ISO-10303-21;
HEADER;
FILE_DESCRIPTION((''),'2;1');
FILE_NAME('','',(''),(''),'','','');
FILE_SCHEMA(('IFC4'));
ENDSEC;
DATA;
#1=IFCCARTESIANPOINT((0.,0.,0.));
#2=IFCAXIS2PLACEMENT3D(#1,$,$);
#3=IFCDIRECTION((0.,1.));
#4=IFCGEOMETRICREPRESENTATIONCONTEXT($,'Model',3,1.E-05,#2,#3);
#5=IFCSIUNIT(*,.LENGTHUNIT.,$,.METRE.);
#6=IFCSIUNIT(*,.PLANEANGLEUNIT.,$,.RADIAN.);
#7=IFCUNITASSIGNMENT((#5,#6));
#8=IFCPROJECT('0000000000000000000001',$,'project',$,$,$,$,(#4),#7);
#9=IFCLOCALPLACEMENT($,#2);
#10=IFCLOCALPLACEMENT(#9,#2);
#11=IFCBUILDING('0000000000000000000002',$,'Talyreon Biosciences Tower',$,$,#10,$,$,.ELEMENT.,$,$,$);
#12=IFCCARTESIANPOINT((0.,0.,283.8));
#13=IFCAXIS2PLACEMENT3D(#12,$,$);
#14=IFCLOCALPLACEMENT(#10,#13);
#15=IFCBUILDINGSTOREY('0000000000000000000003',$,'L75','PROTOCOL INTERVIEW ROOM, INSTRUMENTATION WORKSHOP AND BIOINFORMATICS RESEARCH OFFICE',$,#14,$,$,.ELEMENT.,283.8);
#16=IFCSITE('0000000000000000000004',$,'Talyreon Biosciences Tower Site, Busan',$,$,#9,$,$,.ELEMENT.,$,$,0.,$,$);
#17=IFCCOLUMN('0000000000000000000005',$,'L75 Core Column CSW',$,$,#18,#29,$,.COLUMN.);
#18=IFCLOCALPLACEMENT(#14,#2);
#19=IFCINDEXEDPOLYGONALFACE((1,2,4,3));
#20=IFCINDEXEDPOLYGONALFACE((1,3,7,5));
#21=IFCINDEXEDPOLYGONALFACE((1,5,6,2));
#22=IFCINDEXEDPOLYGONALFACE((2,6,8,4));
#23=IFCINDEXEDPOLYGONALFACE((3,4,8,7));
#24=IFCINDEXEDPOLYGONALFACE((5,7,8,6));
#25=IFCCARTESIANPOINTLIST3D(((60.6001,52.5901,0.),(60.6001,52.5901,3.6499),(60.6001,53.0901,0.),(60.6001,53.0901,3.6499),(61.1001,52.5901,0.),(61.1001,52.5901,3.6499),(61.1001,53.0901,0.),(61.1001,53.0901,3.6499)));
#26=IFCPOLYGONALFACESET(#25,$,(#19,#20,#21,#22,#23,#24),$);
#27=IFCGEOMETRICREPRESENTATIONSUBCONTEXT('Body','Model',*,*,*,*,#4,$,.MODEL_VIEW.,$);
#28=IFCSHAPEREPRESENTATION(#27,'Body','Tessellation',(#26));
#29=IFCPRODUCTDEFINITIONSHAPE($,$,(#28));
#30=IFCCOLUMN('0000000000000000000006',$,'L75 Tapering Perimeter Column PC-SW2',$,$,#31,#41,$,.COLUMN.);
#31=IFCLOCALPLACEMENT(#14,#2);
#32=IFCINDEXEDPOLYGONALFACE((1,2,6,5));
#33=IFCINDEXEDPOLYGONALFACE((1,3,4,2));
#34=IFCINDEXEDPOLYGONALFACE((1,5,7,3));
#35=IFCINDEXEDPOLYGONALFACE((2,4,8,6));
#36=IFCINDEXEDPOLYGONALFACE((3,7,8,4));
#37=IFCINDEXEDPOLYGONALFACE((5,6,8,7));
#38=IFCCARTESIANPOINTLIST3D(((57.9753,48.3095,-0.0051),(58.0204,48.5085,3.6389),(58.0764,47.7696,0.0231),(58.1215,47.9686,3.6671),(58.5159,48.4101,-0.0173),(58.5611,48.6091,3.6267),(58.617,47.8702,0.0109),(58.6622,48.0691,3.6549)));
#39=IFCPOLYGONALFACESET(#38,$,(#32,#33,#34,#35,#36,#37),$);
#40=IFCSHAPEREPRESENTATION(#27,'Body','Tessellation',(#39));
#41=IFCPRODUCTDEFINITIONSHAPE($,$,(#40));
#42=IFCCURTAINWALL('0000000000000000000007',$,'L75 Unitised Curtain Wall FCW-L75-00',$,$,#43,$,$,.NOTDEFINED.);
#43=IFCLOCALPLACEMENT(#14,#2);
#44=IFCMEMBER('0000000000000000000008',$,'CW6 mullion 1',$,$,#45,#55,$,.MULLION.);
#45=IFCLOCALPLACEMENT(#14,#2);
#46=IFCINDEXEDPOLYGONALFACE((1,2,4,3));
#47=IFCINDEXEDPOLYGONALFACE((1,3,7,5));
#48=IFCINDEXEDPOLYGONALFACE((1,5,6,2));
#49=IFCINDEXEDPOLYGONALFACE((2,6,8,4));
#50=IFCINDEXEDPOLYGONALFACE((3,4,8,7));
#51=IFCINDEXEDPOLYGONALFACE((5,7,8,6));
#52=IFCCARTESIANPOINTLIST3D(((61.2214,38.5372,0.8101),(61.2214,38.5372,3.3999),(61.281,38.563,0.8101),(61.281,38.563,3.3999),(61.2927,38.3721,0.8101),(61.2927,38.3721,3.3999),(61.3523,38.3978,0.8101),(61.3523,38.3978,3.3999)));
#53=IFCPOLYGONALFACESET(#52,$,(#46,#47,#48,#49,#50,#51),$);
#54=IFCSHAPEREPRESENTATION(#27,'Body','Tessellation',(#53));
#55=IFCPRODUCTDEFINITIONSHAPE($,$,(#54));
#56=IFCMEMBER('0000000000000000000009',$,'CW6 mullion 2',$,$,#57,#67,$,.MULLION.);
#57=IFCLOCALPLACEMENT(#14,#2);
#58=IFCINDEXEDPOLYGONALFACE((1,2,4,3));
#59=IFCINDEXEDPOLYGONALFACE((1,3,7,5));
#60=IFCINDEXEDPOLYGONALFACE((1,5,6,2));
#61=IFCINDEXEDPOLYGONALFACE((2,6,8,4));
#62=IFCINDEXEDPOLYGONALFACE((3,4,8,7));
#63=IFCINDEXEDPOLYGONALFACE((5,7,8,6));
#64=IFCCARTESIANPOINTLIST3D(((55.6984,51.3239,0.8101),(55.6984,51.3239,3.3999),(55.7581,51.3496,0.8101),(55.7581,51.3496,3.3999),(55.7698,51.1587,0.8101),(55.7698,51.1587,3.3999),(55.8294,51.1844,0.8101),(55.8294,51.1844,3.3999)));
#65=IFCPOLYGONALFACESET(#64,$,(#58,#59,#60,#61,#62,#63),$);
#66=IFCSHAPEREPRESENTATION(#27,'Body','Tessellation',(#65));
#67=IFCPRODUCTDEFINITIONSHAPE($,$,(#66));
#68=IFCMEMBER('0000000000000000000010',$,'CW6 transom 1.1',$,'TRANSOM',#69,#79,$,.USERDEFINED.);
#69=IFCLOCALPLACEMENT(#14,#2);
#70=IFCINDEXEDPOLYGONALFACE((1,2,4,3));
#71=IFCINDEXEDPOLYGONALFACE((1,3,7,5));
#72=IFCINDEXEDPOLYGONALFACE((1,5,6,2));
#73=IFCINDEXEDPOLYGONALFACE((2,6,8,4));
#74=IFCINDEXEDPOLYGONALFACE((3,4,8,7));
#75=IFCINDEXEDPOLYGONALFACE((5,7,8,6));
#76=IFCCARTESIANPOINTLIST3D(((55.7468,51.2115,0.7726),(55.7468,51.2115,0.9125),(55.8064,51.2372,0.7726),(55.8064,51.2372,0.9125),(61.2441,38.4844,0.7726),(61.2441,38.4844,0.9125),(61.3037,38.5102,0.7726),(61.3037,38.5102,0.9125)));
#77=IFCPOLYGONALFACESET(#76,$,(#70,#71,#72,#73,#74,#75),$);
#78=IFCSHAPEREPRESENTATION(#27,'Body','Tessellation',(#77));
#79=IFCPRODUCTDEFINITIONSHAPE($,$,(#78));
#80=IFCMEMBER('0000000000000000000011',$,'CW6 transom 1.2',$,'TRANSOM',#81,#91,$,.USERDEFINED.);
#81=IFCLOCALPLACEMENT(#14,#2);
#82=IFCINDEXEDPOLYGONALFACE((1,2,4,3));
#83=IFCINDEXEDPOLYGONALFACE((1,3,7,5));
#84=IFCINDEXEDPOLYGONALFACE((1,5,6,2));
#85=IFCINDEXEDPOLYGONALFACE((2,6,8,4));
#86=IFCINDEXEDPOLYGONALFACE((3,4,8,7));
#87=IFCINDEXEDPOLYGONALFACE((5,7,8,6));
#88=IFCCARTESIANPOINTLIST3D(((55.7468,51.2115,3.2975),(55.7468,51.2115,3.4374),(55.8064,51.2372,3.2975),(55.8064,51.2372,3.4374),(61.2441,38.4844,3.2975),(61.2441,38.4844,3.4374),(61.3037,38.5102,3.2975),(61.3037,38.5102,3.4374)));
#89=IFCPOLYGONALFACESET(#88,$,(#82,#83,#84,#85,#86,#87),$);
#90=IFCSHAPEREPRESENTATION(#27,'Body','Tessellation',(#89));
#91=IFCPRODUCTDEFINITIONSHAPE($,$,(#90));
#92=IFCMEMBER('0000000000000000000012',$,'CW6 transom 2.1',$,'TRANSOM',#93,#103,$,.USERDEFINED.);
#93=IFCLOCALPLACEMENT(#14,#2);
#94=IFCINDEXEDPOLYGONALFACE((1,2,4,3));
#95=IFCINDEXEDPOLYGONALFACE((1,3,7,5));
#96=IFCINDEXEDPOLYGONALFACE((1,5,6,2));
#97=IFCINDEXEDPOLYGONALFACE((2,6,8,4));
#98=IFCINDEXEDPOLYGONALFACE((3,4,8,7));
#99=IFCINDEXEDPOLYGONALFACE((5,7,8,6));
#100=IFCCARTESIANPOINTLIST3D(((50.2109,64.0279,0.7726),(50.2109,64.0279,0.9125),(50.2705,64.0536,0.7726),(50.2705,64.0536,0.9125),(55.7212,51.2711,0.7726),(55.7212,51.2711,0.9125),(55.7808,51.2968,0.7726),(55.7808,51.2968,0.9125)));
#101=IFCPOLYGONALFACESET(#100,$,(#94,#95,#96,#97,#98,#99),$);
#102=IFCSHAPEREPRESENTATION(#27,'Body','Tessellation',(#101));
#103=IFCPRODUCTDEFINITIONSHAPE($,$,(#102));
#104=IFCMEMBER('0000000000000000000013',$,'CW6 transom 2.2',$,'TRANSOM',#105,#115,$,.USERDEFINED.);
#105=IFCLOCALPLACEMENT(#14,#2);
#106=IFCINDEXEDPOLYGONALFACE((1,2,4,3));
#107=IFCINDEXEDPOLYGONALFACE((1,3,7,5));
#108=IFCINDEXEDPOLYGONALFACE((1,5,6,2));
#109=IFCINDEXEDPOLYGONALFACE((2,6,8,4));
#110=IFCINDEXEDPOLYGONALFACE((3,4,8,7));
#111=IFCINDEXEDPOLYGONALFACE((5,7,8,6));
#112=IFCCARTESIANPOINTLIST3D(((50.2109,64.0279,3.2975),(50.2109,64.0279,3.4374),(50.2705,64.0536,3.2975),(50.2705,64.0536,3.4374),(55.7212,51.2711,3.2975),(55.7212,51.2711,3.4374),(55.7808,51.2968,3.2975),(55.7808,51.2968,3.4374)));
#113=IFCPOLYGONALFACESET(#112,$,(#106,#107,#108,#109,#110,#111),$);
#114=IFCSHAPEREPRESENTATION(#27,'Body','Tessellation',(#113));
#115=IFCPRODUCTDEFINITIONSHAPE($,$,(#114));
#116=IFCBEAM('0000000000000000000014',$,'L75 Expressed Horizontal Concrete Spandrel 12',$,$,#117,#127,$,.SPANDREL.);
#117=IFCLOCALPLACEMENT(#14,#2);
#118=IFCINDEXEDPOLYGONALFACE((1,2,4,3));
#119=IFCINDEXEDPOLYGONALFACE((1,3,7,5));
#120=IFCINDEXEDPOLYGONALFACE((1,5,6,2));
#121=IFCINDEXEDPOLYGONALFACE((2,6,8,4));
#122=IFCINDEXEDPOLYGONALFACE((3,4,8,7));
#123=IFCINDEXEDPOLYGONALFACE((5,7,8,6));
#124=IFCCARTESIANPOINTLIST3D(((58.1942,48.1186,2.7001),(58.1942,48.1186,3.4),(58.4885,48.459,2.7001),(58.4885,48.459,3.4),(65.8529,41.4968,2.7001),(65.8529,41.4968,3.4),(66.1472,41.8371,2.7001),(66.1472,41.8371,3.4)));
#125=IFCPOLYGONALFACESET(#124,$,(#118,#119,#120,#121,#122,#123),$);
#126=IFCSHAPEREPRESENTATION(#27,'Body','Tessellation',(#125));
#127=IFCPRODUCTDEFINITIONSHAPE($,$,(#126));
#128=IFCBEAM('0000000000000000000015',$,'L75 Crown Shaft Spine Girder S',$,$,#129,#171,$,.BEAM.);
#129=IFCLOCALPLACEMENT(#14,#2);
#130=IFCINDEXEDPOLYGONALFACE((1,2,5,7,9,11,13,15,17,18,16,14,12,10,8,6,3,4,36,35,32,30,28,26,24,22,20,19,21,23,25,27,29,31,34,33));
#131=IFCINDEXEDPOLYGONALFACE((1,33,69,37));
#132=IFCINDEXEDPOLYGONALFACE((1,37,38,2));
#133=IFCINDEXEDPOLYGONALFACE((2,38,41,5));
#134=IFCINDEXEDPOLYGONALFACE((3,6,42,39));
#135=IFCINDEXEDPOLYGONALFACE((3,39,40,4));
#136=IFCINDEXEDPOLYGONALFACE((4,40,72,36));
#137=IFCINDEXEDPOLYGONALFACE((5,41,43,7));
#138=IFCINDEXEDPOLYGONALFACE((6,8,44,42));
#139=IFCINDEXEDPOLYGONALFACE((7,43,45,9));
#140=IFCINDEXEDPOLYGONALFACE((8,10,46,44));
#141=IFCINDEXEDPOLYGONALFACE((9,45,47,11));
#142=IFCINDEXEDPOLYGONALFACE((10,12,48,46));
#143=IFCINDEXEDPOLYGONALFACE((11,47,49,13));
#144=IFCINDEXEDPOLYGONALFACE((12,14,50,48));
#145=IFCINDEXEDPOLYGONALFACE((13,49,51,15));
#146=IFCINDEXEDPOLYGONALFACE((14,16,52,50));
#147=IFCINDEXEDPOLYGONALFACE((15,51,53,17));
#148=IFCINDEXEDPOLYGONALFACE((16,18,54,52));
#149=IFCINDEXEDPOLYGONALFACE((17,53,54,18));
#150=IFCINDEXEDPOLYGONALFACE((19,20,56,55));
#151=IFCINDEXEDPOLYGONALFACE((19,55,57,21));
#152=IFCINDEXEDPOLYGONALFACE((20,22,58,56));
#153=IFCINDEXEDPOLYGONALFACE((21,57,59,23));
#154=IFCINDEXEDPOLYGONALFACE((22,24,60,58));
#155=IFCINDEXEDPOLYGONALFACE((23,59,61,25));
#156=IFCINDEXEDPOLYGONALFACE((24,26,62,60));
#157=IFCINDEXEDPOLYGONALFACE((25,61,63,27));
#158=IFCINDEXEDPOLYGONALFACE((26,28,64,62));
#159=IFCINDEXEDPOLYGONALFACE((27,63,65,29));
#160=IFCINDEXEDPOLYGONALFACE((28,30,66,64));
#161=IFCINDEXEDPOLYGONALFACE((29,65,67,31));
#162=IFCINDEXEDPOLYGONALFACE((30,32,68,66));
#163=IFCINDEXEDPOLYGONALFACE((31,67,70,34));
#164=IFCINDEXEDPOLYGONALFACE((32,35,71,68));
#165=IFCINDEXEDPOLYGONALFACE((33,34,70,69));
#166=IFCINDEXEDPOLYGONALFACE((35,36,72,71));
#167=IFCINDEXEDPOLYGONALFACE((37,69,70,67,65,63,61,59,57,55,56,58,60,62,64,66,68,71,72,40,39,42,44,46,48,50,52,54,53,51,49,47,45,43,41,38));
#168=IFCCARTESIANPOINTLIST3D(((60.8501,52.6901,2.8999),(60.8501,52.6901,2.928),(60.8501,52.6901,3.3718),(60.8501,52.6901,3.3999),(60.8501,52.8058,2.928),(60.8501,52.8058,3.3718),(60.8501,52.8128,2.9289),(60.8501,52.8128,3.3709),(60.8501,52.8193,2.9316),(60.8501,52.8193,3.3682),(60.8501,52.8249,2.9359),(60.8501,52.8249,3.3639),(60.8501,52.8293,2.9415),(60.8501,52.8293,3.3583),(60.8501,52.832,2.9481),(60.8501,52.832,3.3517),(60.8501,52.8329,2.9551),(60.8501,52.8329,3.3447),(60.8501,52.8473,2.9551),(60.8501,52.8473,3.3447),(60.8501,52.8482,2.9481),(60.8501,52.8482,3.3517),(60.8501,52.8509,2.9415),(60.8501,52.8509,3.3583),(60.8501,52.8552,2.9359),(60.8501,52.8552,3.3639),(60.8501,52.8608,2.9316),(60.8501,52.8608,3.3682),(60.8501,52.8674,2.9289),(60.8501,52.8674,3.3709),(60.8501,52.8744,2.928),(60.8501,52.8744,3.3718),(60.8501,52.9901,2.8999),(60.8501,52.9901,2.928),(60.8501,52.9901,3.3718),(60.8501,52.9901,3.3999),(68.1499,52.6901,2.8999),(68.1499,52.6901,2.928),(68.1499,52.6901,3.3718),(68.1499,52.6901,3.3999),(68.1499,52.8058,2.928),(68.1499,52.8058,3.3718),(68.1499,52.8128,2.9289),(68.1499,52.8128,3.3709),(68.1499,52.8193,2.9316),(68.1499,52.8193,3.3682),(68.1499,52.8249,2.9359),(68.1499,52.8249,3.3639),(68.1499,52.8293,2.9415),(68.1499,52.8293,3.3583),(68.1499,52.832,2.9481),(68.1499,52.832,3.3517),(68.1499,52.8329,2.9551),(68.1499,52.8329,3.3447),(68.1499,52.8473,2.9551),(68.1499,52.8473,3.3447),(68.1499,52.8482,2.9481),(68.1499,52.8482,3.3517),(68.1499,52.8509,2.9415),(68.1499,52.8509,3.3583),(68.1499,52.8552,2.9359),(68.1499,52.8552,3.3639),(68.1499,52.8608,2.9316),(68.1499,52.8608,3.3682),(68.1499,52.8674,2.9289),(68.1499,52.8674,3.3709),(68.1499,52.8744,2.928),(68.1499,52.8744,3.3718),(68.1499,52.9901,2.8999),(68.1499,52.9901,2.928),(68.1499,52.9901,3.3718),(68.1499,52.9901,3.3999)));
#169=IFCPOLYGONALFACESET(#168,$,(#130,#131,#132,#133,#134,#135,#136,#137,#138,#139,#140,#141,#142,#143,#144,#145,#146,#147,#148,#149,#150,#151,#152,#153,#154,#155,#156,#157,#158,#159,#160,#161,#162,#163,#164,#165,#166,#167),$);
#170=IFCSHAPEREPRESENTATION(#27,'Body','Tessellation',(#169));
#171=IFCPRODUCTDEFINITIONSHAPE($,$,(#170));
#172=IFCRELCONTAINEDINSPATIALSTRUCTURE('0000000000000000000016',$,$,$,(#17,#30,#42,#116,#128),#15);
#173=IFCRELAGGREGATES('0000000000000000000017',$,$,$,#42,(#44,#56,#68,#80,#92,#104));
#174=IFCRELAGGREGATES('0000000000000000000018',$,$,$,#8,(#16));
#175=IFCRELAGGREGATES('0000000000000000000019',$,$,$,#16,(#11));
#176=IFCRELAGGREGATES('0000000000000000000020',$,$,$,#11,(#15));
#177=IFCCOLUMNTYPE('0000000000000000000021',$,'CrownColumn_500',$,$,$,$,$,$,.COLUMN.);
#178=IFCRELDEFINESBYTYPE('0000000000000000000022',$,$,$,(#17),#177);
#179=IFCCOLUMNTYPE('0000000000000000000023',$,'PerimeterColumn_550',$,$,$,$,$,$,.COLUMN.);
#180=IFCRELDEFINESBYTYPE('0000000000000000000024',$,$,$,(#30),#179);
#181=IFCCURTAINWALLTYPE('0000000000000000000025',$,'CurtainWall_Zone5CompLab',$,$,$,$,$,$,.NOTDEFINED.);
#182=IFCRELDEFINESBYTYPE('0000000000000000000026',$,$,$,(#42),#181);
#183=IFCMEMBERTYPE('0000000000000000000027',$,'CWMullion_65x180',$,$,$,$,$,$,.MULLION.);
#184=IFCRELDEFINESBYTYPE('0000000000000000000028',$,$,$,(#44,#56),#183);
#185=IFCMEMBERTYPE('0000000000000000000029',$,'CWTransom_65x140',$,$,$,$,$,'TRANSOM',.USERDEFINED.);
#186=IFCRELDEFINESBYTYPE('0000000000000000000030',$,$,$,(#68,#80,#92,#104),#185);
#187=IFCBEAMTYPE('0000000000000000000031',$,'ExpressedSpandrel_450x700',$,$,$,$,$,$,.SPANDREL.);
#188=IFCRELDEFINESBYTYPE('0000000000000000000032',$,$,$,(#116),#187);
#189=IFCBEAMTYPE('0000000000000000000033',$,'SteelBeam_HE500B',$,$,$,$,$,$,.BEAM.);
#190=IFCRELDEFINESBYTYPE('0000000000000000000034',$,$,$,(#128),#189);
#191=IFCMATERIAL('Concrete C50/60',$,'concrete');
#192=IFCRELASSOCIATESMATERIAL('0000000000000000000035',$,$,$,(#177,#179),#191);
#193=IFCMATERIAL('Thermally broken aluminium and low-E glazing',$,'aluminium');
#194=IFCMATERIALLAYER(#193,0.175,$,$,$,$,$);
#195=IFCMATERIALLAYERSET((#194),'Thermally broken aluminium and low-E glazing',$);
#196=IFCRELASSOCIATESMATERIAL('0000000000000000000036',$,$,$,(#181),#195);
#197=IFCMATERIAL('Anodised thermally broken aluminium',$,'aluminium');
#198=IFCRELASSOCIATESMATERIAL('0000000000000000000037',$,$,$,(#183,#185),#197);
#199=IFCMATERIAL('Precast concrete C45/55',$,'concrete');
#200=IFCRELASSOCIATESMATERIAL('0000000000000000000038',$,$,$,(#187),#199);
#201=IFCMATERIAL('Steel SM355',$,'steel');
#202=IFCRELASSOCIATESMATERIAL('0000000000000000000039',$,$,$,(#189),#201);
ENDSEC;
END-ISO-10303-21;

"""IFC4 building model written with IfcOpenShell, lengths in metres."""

from ifc_helpers import new_model, si_unit, direction, frame, origin, origin_2d, place, context, subcontext, project, spatial, rectangle, i_section, extrude, material, layer, layer_set, material_profile, profile_set, type_object, element, aggregate, save


model = new_model("IFC4")

# Units and contexts
model_context = context("Model", 3, precision=1e-05, world=origin(), true_north=direction((0.0, 1.0)))
body_context = subcontext(model_context, "Body", "Model", "MODEL_VIEW")
ifc_project = project(units=[si_unit("LENGTHUNIT", "METRE"), si_unit("PLANEANGLEUNIT", "RADIAN")], contexts=[model_context])

# Site, building, storey
site_placement = place(None, origin())
site = spatial("IfcSite", under=ifc_project, at=site_placement, Name="Talyreon Biosciences Tower Site, Busan", CompositionType="ELEMENT", RefElevation=0.0)
building_placement = place(site_placement, origin())
building = spatial("IfcBuilding", under=site, at=building_placement, Name="Talyreon Biosciences Tower", CompositionType="ELEMENT")
storey_placement = place(building_placement, frame((0.0, 0.0, 283.8)))
storey = spatial("IfcBuildingStorey", under=building, at=storey_placement, Name="L75", Description="PROTOCOL INTERVIEW ROOM, INSTRUMENTATION WORKSHOP AND BIOINFORMATICS RESEARCH OFFICE", CompositionType="ELEMENT", Elevation=283.8)

# Columns
ifc_material_1 = material(Name="Concrete C50/60", Category="concrete")
ifc_material_profile_1 = material_profile(ifc_material_1, rectangle(XDim=0.5, YDim=0.5, at=origin_2d()), Name="RC 500x500")
ifc_profile_set_1 = profile_set([ifc_material_profile_1], Name="Concrete C50/60")
column_type_1 = type_object("IfcColumnType", Name="CrownColumn_500", PredefinedType="COLUMN", material=ifc_profile_set_1)
column_1_placement = place(storey_placement, frame((60.8501, 52.8401, 0.0), z_axis=(0.0, 0.0, 1.0), x_axis=(1.0, 0.0, 0.0)))
element("IfcColumn", 1, at=column_1_placement, inside=storey, type_object=column_type_1, Name="L75 Core Column CSW", PredefinedType="COLUMN", context=body_context, shape_type="SweptSolid", body=[
    extrude(rectangle(XDim=0.5, YDim=0.5, at=origin_2d()), origin(), (0.0, 0.0, 1.0), 3.6499),
])
ifc_material_profile_2 = material_profile(ifc_material_1, rectangle(XDim=0.55, YDim=0.55, at=origin_2d()), Name="RC 550x550")
ifc_profile_set_2 = profile_set([ifc_material_profile_2], Name="Concrete C50/60")
column_type_2 = type_object("IfcColumnType", Name="PerimeterColumn_550", PredefinedType="COLUMN", material=ifc_profile_set_2)
column_2_placement = place(storey_placement, frame((58.2961, 48.0898, 0.0029), z_axis=(0.012375, 0.054517, 0.998436), x_axis=(-0.183788, 0.981625, -0.051321)))
element("IfcColumn", 2, at=column_2_placement, inside=storey, type_object=column_type_2, Name="L75 Tapering Perimeter Column PC-SW2", PredefinedType="COLUMN", context=body_context, shape_type="SweptSolid", body=[
    extrude(rectangle(XDim=0.55, YDim=0.55, at=origin_2d()), origin(), (0.0, 0.0, 1.0), 3.6497),
])

# Curtain wall, members
ifc_material_2 = material(Name="Thermally broken aluminium and low-E glazing", Category="aluminium")
ifc_layer_1 = layer(ifc_material_2, 0.175)
ifc_layer_set_1 = layer_set([ifc_layer_1], Name="Thermally broken aluminium and low-E glazing")
curtain_wall_type = type_object("IfcCurtainWallType", Name="CurtainWall_Zone5CompLab", PredefinedType="NOTDEFINED", material=ifc_layer_set_1)
curtain_wall_placement = place(storey_placement, origin())
curtain_wall = element("IfcCurtainWall", 3, at=curtain_wall_placement, inside=storey, type_object=curtain_wall_type, Name="L75 Unitised Curtain Wall FCW-L75-00", PredefinedType="NOTDEFINED")
ifc_material_3 = material(Name="Anodised thermally broken aluminium", Category="aluminium")
ifc_material_profile_3 = material_profile(ifc_material_3, rectangle(XDim=0.0649, YDim=0.1799, at=origin_2d()), Name="ALUM MULLION 65x180")
ifc_profile_set_3 = profile_set([ifc_material_profile_3], Name="Anodised thermally broken aluminium")
member_type_1 = type_object("IfcMemberType", Name="CWMullion_65x180", PredefinedType="MULLION", material=ifc_profile_set_3)
member_1_placement = place(storey_placement, frame((61.2869, 38.4675, 0.8101), z_axis=(0.0, 0.0, 1.0), x_axis=(-0.918022, -0.396528, 0.0)))
member_1 = element("IfcMember", 4, at=member_1_placement, type_object=member_type_1, Name="CW6 mullion 1", PredefinedType="MULLION", context=body_context, shape_type="SweptSolid", body=[
    extrude(rectangle(XDim=0.0649, YDim=0.1799, at=origin_2d()), origin(), (0.0, 0.0, 1.0), 2.5898),
])
member_2_placement = place(storey_placement, frame((55.7639, 51.2542, 0.8101), z_axis=(0.0, 0.0, 1.0), x_axis=(-0.918022, -0.396528, 0.0)))
member_2 = element("IfcMember", 5, at=member_2_placement, type_object=member_type_1, Name="CW6 mullion 2", PredefinedType="MULLION", context=body_context, shape_type="SweptSolid", body=[
    extrude(rectangle(XDim=0.0649, YDim=0.1799, at=origin_2d()), origin(), (0.0, 0.0, 1.0), 2.5898),
])
ifc_material_profile_4 = material_profile(ifc_material_3, rectangle(XDim=0.0649, YDim=0.1399, at=origin_2d()), Name="ALUM TRANSOM 65x140")
ifc_profile_set_4 = profile_set([ifc_material_profile_4], Name="Anodised thermally broken aluminium")
member_type_2 = type_object("IfcMemberType", Name="CWTransom_65x140", ElementType="TRANSOM", PredefinedType="USERDEFINED", material=ifc_profile_set_4)
member_3_placement = place(storey_placement, frame((61.2739, 38.4973, 0.8425), z_axis=(-0.39653, 0.918022, 0.0), x_axis=(-0.918022, -0.39653, 0.0)))
member_3 = element("IfcMember", 6, at=member_3_placement, type_object=member_type_2, Name="CW6 transom 1.1", ObjectType="TRANSOM", PredefinedType="USERDEFINED", context=body_context, shape_type="SweptSolid", body=[
    extrude(rectangle(XDim=0.0649, YDim=0.1399, at=origin_2d()), origin(), (0.0, 0.0, 1.0), 13.8635),
])
member_4_placement = place(storey_placement, frame((61.2739, 38.4973, 3.3674), z_axis=(-0.39653, 0.918022, 0.0), x_axis=(-0.918022, -0.39653, 0.0)))
member_4 = element("IfcMember", 7, at=member_4_placement, type_object=member_type_2, Name="CW6 transom 1.2", ObjectType="TRANSOM", PredefinedType="USERDEFINED", context=body_context, shape_type="SweptSolid", body=[
    extrude(rectangle(XDim=0.0649, YDim=0.1399, at=origin_2d()), origin(), (0.0, 0.0, 1.0), 13.8635),
])
member_5_placement = place(storey_placement, frame((55.751, 51.2839, 0.8425), z_axis=(-0.396534, 0.91802, 0.0), x_axis=(-0.91802, -0.396534, 0.0)))
member_5 = element("IfcMember", 8, at=member_5_placement, type_object=member_type_2, Name="CW6 transom 2.1", ObjectType="TRANSOM", PredefinedType="USERDEFINED", context=body_context, shape_type="SweptSolid", body=[
    extrude(rectangle(XDim=0.0649, YDim=0.1399, at=origin_2d()), origin(), (0.0, 0.0, 1.0), 13.896),
])
member_6_placement = place(storey_placement, frame((55.751, 51.2839, 3.3674), z_axis=(-0.396534, 0.91802, 0.0), x_axis=(-0.91802, -0.396534, 0.0)))
member_6 = element("IfcMember", 9, at=member_6_placement, type_object=member_type_2, Name="CW6 transom 2.2", ObjectType="TRANSOM", PredefinedType="USERDEFINED", context=body_context, shape_type="SweptSolid", body=[
    extrude(rectangle(XDim=0.0649, YDim=0.1399, at=origin_2d()), origin(), (0.0, 0.0, 1.0), 13.896),
])

# Beams
ifc_material_4 = material(Name="Precast concrete C45/55", Category="concrete")
ifc_material_profile_5 = material_profile(ifc_material_4, rectangle(XDim=0.45, YDim=0.7, at=origin_2d()), Name="RCB 450x700")
ifc_profile_set_5 = profile_set([ifc_material_profile_5], Name="Precast concrete C45/55")
beam_type_1 = type_object("IfcBeamType", Name="ExpressedSpandrel_450x700", PredefinedType="SPANDREL", material=ifc_profile_set_5)
beam_1_placement = place(storey_placement, frame((58.3413, 48.2888, 3.05), z_axis=(0.756456, -0.654044, 0.0), x_axis=(0.654044, 0.756456, 0.0)))
element("IfcBeam", 10, at=beam_1_placement, inside=storey, type_object=beam_type_1, Name="L75 Expressed Horizontal Concrete Spandrel 12", PredefinedType="SPANDREL", context=body_context, shape_type="SweptSolid", body=[
    extrude(rectangle(XDim=0.45, YDim=0.7, at=origin_2d()), origin(), (0.0, 0.0, 1.0), 10.1245),
])
ifc_material_5 = material(Name="Steel SM355", Category="steel")
ifc_material_profile_6 = material_profile(ifc_material_5, i_section(OverallWidth=0.3, OverallDepth=0.5, WebThickness=0.0144, FlangeThickness=0.0281, FilletRadius=0.0271, at=origin_2d()), Name="HE500B")
ifc_profile_set_6 = profile_set([ifc_material_profile_6], Name="Steel SM355")
beam_type_2 = type_object("IfcBeamType", Name="SteelBeam_HE500B", PredefinedType="BEAM", material=ifc_profile_set_6)
beam_2_placement = place(storey_placement, frame((60.8501, 52.8401, 3.1499), z_axis=(1.0, 0.0, 0.0), x_axis=(0.0, 1.0, 0.0)))
element("IfcBeam", 11, at=beam_2_placement, inside=storey, type_object=beam_type_2, Name="L75 Crown Shaft Spine Girder S", PredefinedType="BEAM", context=body_context, shape_type="SweptSolid", body=[
    extrude(i_section(OverallWidth=0.3, OverallDepth=0.5, WebThickness=0.0144, FlangeThickness=0.0281, FilletRadius=0.0271, at=origin_2d()), origin(), (0.0, 0.0, 1.0), 7.2998),
])

aggregate(curtain_wall, [member_1, member_2, member_3, member_4, member_5, member_6])

save(model, "model.ifc")
